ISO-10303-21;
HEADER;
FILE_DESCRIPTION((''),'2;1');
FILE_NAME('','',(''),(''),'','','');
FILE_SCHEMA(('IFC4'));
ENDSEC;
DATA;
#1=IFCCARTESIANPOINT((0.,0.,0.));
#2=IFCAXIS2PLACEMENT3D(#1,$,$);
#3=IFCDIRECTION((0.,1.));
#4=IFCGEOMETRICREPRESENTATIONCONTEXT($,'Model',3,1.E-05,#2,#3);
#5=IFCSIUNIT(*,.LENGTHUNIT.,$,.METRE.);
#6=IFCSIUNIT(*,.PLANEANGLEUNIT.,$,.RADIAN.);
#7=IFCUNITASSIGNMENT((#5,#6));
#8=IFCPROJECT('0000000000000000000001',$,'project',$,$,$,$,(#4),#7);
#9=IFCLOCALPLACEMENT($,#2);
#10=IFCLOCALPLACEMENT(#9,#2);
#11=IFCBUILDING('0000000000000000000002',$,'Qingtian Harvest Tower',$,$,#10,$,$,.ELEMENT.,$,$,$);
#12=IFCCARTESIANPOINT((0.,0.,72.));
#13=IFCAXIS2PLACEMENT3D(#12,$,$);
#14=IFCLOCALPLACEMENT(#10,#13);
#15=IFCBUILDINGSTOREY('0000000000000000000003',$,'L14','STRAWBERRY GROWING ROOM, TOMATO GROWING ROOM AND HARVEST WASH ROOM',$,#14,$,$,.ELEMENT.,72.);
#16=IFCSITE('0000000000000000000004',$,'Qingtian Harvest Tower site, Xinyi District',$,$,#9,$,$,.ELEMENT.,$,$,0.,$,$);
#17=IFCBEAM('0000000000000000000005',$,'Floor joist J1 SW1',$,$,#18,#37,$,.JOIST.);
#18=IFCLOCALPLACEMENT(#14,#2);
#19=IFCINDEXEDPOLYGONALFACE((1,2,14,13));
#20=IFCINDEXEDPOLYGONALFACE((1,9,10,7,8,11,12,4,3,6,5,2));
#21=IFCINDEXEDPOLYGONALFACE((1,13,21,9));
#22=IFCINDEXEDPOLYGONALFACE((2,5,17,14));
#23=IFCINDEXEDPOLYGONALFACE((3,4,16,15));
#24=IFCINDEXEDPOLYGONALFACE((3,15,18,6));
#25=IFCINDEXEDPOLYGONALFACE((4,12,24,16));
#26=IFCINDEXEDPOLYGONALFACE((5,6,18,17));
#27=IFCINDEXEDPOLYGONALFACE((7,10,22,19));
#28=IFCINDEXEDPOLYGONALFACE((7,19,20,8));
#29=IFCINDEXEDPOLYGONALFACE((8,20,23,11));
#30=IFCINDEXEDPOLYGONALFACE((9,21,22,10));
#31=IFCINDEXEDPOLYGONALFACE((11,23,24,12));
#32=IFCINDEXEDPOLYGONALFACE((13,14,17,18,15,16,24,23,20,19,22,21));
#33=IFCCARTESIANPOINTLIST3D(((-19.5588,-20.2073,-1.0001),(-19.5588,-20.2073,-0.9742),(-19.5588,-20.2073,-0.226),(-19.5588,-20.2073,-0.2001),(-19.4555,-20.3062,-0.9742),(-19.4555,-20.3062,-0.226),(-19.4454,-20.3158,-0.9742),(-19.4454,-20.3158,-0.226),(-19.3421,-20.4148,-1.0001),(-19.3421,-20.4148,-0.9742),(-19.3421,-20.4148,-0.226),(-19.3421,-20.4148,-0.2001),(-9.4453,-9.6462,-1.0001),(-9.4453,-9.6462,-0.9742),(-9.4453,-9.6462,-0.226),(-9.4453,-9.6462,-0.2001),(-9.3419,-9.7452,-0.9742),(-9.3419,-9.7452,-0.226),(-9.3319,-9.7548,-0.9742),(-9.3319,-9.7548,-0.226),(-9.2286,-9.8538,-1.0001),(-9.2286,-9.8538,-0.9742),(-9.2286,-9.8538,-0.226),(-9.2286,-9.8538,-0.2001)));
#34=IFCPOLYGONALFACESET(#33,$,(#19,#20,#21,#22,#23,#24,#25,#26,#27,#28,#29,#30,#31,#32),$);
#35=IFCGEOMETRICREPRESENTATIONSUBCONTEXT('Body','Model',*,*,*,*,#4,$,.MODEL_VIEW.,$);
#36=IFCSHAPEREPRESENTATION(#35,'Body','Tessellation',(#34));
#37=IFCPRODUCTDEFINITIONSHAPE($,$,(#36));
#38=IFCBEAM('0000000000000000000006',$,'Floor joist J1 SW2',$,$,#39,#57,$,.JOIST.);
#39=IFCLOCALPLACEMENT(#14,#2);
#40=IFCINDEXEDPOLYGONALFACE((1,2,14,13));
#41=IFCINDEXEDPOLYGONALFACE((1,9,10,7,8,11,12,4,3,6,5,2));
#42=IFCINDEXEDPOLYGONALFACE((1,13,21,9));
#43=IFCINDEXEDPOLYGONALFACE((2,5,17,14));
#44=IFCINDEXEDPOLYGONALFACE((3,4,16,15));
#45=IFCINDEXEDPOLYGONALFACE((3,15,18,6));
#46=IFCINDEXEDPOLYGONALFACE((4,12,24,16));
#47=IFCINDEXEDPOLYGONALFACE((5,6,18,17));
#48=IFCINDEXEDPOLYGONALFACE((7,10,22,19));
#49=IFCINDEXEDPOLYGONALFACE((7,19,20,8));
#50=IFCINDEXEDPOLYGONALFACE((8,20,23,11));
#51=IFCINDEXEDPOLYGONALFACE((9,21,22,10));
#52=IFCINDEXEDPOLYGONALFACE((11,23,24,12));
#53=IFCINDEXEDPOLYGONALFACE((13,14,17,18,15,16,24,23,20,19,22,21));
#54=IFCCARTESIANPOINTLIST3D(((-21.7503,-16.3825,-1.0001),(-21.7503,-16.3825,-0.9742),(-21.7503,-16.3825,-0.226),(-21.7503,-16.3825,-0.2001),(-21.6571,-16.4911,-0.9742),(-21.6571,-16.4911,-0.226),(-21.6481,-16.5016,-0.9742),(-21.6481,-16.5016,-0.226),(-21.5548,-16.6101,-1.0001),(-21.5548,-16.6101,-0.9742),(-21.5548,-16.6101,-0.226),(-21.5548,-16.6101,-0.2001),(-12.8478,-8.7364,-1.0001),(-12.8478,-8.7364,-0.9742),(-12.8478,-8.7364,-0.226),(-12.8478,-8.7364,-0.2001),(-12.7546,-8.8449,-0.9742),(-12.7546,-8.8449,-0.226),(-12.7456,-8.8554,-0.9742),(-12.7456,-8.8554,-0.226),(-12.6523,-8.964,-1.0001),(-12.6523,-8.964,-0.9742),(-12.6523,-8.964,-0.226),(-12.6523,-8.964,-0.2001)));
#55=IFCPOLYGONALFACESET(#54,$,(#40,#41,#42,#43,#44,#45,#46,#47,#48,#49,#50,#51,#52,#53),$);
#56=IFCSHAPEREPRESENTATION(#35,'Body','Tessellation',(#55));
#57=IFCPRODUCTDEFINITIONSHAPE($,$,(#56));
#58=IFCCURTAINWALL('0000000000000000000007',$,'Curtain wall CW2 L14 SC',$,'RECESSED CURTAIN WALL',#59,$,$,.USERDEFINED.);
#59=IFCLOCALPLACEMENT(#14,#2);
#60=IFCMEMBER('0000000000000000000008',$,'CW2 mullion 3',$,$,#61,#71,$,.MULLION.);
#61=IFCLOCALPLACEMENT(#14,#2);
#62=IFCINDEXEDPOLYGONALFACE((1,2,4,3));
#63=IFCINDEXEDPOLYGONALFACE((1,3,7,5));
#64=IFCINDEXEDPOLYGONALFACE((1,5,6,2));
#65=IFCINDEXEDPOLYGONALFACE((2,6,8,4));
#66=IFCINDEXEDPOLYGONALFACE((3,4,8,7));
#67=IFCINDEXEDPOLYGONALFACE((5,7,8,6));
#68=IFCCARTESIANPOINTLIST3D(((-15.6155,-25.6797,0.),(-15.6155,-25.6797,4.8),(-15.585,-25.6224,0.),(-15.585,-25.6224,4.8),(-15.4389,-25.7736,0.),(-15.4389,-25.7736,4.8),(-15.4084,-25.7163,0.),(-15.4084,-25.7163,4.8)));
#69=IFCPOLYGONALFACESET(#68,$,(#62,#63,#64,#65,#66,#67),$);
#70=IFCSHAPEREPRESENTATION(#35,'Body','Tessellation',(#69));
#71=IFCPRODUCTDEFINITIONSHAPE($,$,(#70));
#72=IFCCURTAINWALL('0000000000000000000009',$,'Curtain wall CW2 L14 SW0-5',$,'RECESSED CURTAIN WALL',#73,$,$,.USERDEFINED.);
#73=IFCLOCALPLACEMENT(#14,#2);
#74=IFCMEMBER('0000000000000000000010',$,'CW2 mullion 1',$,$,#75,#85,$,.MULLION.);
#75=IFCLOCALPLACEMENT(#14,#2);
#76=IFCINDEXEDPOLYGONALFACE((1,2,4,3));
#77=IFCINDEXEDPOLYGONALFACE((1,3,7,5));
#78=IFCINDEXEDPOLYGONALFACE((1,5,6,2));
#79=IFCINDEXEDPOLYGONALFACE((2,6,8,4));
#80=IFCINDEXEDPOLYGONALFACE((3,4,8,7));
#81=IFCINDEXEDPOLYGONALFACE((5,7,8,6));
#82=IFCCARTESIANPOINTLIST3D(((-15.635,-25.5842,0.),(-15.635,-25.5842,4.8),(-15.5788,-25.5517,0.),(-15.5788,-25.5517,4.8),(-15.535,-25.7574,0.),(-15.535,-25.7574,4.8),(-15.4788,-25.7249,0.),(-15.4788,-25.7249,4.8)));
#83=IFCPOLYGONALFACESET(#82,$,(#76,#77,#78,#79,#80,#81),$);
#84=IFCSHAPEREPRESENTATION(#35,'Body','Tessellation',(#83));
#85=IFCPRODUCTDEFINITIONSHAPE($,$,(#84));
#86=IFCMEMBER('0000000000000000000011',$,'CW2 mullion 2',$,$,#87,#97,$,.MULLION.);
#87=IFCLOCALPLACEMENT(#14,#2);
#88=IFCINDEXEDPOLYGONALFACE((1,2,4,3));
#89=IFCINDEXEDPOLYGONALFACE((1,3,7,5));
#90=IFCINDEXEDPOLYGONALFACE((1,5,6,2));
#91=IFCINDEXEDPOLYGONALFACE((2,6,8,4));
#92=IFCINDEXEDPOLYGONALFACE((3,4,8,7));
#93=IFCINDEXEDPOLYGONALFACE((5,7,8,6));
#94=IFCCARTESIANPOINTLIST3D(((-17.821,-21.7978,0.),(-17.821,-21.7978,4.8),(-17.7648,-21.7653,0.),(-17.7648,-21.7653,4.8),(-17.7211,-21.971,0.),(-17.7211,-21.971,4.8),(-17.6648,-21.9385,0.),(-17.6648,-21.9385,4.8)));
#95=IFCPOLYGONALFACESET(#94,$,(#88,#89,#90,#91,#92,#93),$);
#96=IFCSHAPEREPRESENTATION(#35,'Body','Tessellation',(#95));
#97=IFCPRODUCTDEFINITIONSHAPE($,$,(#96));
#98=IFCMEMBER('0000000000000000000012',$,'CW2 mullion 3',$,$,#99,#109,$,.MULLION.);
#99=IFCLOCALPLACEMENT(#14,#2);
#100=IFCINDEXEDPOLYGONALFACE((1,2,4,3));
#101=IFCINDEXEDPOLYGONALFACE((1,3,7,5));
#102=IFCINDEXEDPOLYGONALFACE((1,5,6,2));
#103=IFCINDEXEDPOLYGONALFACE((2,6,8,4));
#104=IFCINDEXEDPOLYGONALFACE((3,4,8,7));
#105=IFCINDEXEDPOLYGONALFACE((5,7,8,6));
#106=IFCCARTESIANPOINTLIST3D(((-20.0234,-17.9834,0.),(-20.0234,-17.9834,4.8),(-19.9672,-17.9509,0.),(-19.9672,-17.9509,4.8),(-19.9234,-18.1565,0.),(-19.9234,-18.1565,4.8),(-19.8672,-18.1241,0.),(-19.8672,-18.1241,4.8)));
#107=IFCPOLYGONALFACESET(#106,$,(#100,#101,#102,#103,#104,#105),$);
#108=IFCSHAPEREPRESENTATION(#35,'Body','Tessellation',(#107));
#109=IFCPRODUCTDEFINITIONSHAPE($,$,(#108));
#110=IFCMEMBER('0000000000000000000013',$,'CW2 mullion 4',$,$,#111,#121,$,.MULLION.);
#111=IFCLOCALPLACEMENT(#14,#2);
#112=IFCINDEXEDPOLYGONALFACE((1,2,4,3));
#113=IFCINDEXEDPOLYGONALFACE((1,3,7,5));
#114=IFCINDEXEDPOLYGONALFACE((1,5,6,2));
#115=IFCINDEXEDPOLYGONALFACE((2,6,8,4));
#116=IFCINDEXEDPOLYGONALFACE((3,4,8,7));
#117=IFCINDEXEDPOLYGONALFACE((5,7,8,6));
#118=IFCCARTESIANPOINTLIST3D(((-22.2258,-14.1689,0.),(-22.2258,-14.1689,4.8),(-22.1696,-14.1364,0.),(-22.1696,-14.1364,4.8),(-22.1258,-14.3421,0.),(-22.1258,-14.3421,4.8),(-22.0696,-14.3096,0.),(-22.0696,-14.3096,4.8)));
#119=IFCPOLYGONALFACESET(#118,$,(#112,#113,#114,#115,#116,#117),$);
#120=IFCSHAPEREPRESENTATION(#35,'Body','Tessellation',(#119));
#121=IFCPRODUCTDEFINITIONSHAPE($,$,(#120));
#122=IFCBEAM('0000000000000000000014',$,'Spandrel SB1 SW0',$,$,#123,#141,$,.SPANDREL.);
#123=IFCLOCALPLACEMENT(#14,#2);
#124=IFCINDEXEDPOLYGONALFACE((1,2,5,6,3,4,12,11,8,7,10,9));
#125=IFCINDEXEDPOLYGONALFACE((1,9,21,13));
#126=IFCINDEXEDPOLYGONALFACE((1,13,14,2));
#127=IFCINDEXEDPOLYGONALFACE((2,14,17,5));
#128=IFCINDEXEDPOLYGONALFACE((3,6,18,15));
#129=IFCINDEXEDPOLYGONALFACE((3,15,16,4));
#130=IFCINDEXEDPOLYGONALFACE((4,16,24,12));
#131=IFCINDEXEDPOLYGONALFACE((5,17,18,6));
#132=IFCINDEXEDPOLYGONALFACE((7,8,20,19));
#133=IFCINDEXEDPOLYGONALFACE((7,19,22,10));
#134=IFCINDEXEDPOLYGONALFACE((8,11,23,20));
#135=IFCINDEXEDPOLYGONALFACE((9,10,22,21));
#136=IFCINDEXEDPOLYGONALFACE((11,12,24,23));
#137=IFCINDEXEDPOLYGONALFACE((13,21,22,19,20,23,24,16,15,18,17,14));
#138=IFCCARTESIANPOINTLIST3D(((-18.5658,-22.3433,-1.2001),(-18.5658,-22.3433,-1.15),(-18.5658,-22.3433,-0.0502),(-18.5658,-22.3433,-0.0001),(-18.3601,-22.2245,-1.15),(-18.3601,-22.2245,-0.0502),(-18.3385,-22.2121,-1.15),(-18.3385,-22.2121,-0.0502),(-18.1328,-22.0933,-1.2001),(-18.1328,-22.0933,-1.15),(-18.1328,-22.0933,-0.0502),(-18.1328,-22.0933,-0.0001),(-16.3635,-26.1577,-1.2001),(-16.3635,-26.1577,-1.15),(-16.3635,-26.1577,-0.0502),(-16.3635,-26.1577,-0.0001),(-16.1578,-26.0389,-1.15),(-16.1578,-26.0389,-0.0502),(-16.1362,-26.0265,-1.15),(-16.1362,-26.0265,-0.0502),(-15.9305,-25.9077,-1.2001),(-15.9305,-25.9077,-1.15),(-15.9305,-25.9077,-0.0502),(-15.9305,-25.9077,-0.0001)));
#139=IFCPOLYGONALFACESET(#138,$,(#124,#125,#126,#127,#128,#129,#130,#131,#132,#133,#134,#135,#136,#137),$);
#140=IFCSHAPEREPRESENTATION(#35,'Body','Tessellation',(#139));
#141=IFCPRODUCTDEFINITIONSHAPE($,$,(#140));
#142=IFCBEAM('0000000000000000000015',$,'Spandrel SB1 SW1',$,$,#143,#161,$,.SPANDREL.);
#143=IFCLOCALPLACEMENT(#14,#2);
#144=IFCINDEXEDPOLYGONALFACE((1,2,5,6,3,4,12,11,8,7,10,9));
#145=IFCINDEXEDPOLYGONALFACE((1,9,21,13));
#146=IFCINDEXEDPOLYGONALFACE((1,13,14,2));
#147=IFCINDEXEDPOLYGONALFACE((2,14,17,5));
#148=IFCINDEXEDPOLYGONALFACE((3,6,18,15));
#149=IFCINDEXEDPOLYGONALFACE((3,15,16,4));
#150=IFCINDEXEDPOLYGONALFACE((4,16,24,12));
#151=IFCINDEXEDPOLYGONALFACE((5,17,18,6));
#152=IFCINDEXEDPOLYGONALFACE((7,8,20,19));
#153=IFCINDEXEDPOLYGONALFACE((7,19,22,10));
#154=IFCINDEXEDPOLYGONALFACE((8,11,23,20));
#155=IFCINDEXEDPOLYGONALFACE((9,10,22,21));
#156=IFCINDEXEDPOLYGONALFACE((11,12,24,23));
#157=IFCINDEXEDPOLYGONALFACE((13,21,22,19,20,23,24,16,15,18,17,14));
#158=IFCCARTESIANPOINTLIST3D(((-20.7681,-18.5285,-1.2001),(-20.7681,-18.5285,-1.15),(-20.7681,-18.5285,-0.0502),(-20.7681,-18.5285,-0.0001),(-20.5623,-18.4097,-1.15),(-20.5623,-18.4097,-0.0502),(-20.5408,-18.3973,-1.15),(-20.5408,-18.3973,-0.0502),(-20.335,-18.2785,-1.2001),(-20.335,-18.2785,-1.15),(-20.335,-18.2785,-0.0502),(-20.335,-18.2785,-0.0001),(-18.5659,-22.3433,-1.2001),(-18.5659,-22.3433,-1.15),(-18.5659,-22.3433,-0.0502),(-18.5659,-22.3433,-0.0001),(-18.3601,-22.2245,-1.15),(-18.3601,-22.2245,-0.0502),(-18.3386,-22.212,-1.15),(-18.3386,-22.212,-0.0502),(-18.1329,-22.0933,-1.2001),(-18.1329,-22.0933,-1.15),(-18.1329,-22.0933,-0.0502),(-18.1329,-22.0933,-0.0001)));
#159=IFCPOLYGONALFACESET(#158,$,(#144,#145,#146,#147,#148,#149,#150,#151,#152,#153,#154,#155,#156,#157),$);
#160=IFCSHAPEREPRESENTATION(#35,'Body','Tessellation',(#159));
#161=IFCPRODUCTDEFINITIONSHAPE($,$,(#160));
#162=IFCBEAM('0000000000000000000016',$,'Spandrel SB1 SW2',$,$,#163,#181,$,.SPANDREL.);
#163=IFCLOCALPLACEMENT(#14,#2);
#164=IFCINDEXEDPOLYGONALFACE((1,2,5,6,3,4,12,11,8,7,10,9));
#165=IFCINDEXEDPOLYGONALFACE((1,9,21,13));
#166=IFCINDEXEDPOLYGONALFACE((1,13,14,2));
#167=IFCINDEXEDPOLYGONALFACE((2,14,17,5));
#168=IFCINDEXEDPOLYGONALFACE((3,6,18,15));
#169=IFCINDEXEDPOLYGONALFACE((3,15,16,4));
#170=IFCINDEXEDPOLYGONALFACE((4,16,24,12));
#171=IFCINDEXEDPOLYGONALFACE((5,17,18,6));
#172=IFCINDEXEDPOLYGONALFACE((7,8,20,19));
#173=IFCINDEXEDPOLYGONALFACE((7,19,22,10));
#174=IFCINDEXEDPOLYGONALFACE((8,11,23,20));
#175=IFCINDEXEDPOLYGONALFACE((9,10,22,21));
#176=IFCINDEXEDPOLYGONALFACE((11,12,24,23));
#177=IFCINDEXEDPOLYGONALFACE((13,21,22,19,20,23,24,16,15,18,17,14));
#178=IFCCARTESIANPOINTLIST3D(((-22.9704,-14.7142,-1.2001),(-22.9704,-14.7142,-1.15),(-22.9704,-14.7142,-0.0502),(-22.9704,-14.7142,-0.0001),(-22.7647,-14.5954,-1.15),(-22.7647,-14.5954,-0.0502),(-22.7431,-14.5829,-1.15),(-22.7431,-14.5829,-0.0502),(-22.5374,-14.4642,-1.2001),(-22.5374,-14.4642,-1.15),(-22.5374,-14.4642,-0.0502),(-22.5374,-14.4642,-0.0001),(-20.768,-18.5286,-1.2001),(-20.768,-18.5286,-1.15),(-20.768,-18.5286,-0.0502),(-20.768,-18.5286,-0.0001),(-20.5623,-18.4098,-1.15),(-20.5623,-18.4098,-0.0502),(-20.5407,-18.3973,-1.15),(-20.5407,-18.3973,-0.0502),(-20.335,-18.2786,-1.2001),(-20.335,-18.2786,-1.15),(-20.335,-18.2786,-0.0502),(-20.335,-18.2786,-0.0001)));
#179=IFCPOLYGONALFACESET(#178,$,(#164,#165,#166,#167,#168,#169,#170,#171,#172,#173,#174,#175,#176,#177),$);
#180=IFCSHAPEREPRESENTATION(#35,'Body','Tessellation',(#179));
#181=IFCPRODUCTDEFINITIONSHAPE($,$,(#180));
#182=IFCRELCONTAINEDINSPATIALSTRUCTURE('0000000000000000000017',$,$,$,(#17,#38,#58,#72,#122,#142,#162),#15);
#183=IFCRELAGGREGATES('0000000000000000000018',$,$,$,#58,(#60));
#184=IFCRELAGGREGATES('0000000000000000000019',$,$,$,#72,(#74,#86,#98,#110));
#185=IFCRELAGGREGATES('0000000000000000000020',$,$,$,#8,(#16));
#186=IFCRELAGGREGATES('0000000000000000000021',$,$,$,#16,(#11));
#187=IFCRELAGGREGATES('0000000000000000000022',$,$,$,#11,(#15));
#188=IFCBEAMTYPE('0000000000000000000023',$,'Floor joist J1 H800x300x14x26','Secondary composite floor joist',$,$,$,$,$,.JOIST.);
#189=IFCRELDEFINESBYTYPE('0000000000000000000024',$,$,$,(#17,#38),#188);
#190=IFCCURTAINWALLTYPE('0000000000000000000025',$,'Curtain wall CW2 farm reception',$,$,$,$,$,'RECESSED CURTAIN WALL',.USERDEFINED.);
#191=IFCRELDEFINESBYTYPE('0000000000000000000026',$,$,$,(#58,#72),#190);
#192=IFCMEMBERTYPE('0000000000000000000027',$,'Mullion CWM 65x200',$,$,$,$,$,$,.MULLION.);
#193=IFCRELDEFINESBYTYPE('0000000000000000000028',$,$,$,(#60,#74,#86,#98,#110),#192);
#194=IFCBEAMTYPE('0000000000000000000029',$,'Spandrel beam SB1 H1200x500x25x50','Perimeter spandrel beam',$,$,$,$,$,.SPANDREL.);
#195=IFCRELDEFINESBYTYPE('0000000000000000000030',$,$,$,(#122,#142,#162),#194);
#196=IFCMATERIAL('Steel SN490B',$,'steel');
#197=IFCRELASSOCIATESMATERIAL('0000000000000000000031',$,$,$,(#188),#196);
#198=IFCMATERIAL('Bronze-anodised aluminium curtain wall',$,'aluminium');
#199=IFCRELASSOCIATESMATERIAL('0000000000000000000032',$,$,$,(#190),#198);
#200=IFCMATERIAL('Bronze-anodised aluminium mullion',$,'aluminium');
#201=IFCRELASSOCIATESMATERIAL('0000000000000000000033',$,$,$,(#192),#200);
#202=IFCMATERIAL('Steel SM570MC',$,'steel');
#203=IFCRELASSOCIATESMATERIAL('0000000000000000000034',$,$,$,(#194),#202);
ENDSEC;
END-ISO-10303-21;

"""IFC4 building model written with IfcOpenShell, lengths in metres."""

from ifc_helpers import new_model, si_unit, direction, frame, origin, origin_2d, place, context, subcontext, project, spatial, rectangle, i_section, extrude, material, material_profile, profile_set, type_object, element, aggregate, save


model = new_model("IFC4")

# Units and contexts
model_context = context("Model", 3, precision=1e-05, world=origin(), true_north=direction((0.0, 1.0)))
body_context = subcontext(model_context, "Body", "Model", "MODEL_VIEW")
ifc_project = project(units=[si_unit("LENGTHUNIT", "METRE"), si_unit("PLANEANGLEUNIT", "RADIAN")], contexts=[model_context])

# Site, building, storey
site_placement = place(None, origin())
site = spatial("IfcSite", under=ifc_project, at=site_placement, Name="Qingtian Harvest Tower site, Xinyi District", CompositionType="ELEMENT", RefElevation=0.0)
building_placement = place(site_placement, origin())
building = spatial("IfcBuilding", under=site, at=building_placement, Name="Qingtian Harvest Tower", CompositionType="ELEMENT")
storey_placement = place(building_placement, frame((0.0, 0.0, 72.0)))
storey = spatial("IfcBuildingStorey", under=building, at=storey_placement, Name="L14", Description="STRAWBERRY GROWING ROOM, TOMATO GROWING ROOM AND HARVEST WASH ROOM", CompositionType="ELEMENT", Elevation=72.0)

# Beams
ifc_material_1 = material(Name="Steel SN490B", Category="steel")
ifc_material_profile_1 = material_profile(ifc_material_1, i_section(OverallWidth=0.3, OverallDepth=0.8, WebThickness=0.0139, FlangeThickness=0.0259, at=origin_2d()), Name="H800x300x14x26")
ifc_profile_set_1 = profile_set([ifc_material_profile_1], Name="Steel SN490B")
beam_type_1 = type_object("IfcBeamType", Name="Floor joist J1 H800x300x14x26", Description="Secondary composite floor joist", PredefinedType="JOIST", material=ifc_profile_set_1)
beam_1_placement = place(storey_placement, frame((-19.4504, -20.311, -0.6001), z_axis=(0.691639, 0.722243, 0.0), x_axis=(-0.722243, 0.691639, 0.0)))
element("IfcBeam", 1, at=beam_1_placement, inside=storey, type_object=beam_type_1, Name="Floor joist J1 SW1", PredefinedType="JOIST", context=body_context, shape_type="SweptSolid", body=[
    extrude(i_section(OverallWidth=0.3, OverallDepth=0.8, WebThickness=0.0139, FlangeThickness=0.0259, at=origin_2d()), origin(), (0.0, 0.0, 1.0), 14.6226),
])
beam_2_placement = place(storey_placement, frame((-21.6526, -16.4963, -0.6001), z_axis=(0.758606, 0.65155, 0.0), x_axis=(-0.65155, 0.758606, 0.0)))
element("IfcBeam", 2, at=beam_2_placement, inside=storey, type_object=beam_type_1, Name="Floor joist J1 SW2", PredefinedType="JOIST", context=body_context, shape_type="SweptSolid", body=[
    extrude(i_section(OverallWidth=0.3, OverallDepth=0.8, WebThickness=0.0139, FlangeThickness=0.0259, at=origin_2d()), origin(), (0.0, 0.0, 1.0), 11.7354),
])

# Curtain wall, member
ifc_material_2 = material(Name="Bronze-anodised aluminium curtain wall", Category="aluminium")
curtain_wall_type = type_object("IfcCurtainWallType", Name="Curtain wall CW2 farm reception", ElementType="RECESSED CURTAIN WALL", PredefinedType="USERDEFINED", material=ifc_material_2)
curtain_wall_1_placement = place(storey_placement, origin())
curtain_wall_1 = element("IfcCurtainWall", 3, at=curtain_wall_1_placement, inside=storey, type_object=curtain_wall_type, Name="Curtain wall CW2 L14 SC", ObjectType="RECESSED CURTAIN WALL", PredefinedType="USERDEFINED")
ifc_material_3 = material(Name="Bronze-anodised aluminium mullion", Category="aluminium")
ifc_material_profile_2 = material_profile(ifc_material_3, rectangle(XDim=0.0649, YDim=0.2, at=origin_2d()), Name="AL 65x200")
ifc_profile_set_2 = profile_set([ifc_material_profile_2], Name="Bronze-anodised aluminium mullion")
member_type_1 = type_object("IfcMemberType", Name="Mullion CWM 65x200", PredefinedType="MULLION", material=ifc_profile_set_2)
member_1_placement = place(storey_placement, frame((-15.512, -25.698, 0.0), z_axis=(0.0, 0.0, 1.0), x_axis=(-0.469472, -0.882948, 0.0)))
member_1 = element("IfcMember", 4, at=member_1_placement, type_object=member_type_1, Name="CW2 mullion 3", PredefinedType="MULLION", context=body_context, shape_type="SweptSolid", body=[
    extrude(rectangle(XDim=0.0649, YDim=0.2, at=origin_2d()), origin(), (0.0, 0.0, 1.0), 4.8),
])

# Curtain wall, members
curtain_wall_2_placement = place(storey_placement, origin())
curtain_wall_2 = element("IfcCurtainWall", 5, at=curtain_wall_2_placement, inside=storey, type_object=curtain_wall_type, Name="Curtain wall CW2 L14 SW0-5", ObjectType="RECESSED CURTAIN WALL", PredefinedType="USERDEFINED")
member_2_placement = place(storey_placement, frame((-15.5569, -25.6545, 0.0), z_axis=(0.0, 0.0, 1.0), x_axis=(-0.866025, -0.5, 0.0)))
member_2 = element("IfcMember", 6, at=member_2_placement, type_object=member_type_1, Name="CW2 mullion 1", PredefinedType="MULLION", context=body_context, shape_type="SweptSolid", body=[
    extrude(rectangle(XDim=0.0649, YDim=0.2, at=origin_2d()), origin(), (0.0, 0.0, 1.0), 4.8),
])
member_3_placement = place(storey_placement, frame((-17.7429, -21.8682, 0.0), z_axis=(0.0, 0.0, 1.0), x_axis=(-0.866025, -0.5, 0.0)))
member_3 = element("IfcMember", 7, at=member_3_placement, type_object=member_type_1, Name="CW2 mullion 2", PredefinedType="MULLION", context=body_context, shape_type="SweptSolid", body=[
    extrude(rectangle(XDim=0.0649, YDim=0.2, at=origin_2d()), origin(), (0.0, 0.0, 1.0), 4.8),
])
member_4_placement = place(storey_placement, frame((-19.9453, -18.0537, 0.0), z_axis=(0.0, 0.0, 1.0), x_axis=(-0.866025, -0.5, 0.0)))
member_4 = element("IfcMember", 8, at=member_4_placement, type_object=member_type_1, Name="CW2 mullion 3", PredefinedType="MULLION", context=body_context, shape_type="SweptSolid", body=[
    extrude(rectangle(XDim=0.0649, YDim=0.2, at=origin_2d()), origin(), (0.0, 0.0, 1.0), 4.8),
])
member_5_placement = place(storey_placement, frame((-22.1477, -14.2393, 0.0), z_axis=(0.0, 0.0, 1.0), x_axis=(-0.866025, -0.5, 0.0)))
member_5 = element("IfcMember", 9, at=member_5_placement, type_object=member_type_1, Name="CW2 mullion 4", PredefinedType="MULLION", context=body_context, shape_type="SweptSolid", body=[
    extrude(rectangle(XDim=0.0649, YDim=0.2, at=origin_2d()), origin(), (0.0, 0.0, 1.0), 4.8),
])

# Beams
ifc_material_4 = material(Name="Steel SM570MC", Category="steel")
ifc_material_profile_3 = material_profile(ifc_material_4, i_section(OverallWidth=0.5, OverallDepth=1.2, WebThickness=0.0249, FlangeThickness=0.05, at=origin_2d()), Name="H1200x500x25x50")
ifc_profile_set_3 = profile_set([ifc_material_profile_3], Name="Steel SM570MC")
beam_type_2 = type_object("IfcBeamType", Name="Spandrel beam SB1 H1200x500x25x50", Description="Perimeter spandrel beam", PredefinedType="SPANDREL", material=ifc_profile_set_3)
beam_3_placement = place(storey_placement, frame((-16.147, -26.0327, -0.6001), z_axis=(-0.50002, 0.866014, 0.0), x_axis=(-0.866014, -0.50002, 0.0)))
element("IfcBeam", 10, at=beam_3_placement, inside=storey, type_object=beam_type_2, Name="Spandrel SB1 SW0", PredefinedType="SPANDREL", context=body_context, shape_type="SweptSolid", body=[
    extrude(i_section(OverallWidth=0.5, OverallDepth=1.2, WebThickness=0.0249, FlangeThickness=0.05, at=origin_2d()), origin(), (0.0, 0.0, 1.0), 4.4045),
])
beam_4_placement = place(storey_placement, frame((-18.3494, -22.2183, -0.6001), z_axis=(-0.499954, 0.866052, 0.0), x_axis=(-0.866052, -0.499954, 0.0)))
element("IfcBeam", 11, at=beam_4_placement, inside=storey, type_object=beam_type_2, Name="Spandrel SB1 SW1", PredefinedType="SPANDREL", context=body_context, shape_type="SweptSolid", body=[
    extrude(i_section(OverallWidth=0.5, OverallDepth=1.2, WebThickness=0.0249, FlangeThickness=0.05, at=origin_2d()), origin(), (0.0, 0.0, 1.0), 4.4048),
])
for number, where, z_axis, x_axis, name in (
    (12, (-20.5515, -18.4036, -0.6001), (-0.50002, 0.866014, 0.0), (-0.866014, -0.50002, 0.0), "Spandrel SB1 SW2"),
):
    element("IfcBeam", number, at=place(storey_placement, frame(where, z_axis=z_axis, x_axis=x_axis)), inside=storey, type_object=beam_type_2, Name=name, PredefinedType="SPANDREL", context=body_context, shape_type="SweptSolid", body=[
        extrude(i_section(OverallWidth=0.5, OverallDepth=1.2, WebThickness=0.0249, FlangeThickness=0.05, at=origin_2d()), origin(), (0.0, 0.0, 1.0), 4.4045),
    ])

aggregate(curtain_wall_1, [member_1])
aggregate(curtain_wall_2, [member_2, member_3, member_4, member_5])

save(model, "model.ifc")
